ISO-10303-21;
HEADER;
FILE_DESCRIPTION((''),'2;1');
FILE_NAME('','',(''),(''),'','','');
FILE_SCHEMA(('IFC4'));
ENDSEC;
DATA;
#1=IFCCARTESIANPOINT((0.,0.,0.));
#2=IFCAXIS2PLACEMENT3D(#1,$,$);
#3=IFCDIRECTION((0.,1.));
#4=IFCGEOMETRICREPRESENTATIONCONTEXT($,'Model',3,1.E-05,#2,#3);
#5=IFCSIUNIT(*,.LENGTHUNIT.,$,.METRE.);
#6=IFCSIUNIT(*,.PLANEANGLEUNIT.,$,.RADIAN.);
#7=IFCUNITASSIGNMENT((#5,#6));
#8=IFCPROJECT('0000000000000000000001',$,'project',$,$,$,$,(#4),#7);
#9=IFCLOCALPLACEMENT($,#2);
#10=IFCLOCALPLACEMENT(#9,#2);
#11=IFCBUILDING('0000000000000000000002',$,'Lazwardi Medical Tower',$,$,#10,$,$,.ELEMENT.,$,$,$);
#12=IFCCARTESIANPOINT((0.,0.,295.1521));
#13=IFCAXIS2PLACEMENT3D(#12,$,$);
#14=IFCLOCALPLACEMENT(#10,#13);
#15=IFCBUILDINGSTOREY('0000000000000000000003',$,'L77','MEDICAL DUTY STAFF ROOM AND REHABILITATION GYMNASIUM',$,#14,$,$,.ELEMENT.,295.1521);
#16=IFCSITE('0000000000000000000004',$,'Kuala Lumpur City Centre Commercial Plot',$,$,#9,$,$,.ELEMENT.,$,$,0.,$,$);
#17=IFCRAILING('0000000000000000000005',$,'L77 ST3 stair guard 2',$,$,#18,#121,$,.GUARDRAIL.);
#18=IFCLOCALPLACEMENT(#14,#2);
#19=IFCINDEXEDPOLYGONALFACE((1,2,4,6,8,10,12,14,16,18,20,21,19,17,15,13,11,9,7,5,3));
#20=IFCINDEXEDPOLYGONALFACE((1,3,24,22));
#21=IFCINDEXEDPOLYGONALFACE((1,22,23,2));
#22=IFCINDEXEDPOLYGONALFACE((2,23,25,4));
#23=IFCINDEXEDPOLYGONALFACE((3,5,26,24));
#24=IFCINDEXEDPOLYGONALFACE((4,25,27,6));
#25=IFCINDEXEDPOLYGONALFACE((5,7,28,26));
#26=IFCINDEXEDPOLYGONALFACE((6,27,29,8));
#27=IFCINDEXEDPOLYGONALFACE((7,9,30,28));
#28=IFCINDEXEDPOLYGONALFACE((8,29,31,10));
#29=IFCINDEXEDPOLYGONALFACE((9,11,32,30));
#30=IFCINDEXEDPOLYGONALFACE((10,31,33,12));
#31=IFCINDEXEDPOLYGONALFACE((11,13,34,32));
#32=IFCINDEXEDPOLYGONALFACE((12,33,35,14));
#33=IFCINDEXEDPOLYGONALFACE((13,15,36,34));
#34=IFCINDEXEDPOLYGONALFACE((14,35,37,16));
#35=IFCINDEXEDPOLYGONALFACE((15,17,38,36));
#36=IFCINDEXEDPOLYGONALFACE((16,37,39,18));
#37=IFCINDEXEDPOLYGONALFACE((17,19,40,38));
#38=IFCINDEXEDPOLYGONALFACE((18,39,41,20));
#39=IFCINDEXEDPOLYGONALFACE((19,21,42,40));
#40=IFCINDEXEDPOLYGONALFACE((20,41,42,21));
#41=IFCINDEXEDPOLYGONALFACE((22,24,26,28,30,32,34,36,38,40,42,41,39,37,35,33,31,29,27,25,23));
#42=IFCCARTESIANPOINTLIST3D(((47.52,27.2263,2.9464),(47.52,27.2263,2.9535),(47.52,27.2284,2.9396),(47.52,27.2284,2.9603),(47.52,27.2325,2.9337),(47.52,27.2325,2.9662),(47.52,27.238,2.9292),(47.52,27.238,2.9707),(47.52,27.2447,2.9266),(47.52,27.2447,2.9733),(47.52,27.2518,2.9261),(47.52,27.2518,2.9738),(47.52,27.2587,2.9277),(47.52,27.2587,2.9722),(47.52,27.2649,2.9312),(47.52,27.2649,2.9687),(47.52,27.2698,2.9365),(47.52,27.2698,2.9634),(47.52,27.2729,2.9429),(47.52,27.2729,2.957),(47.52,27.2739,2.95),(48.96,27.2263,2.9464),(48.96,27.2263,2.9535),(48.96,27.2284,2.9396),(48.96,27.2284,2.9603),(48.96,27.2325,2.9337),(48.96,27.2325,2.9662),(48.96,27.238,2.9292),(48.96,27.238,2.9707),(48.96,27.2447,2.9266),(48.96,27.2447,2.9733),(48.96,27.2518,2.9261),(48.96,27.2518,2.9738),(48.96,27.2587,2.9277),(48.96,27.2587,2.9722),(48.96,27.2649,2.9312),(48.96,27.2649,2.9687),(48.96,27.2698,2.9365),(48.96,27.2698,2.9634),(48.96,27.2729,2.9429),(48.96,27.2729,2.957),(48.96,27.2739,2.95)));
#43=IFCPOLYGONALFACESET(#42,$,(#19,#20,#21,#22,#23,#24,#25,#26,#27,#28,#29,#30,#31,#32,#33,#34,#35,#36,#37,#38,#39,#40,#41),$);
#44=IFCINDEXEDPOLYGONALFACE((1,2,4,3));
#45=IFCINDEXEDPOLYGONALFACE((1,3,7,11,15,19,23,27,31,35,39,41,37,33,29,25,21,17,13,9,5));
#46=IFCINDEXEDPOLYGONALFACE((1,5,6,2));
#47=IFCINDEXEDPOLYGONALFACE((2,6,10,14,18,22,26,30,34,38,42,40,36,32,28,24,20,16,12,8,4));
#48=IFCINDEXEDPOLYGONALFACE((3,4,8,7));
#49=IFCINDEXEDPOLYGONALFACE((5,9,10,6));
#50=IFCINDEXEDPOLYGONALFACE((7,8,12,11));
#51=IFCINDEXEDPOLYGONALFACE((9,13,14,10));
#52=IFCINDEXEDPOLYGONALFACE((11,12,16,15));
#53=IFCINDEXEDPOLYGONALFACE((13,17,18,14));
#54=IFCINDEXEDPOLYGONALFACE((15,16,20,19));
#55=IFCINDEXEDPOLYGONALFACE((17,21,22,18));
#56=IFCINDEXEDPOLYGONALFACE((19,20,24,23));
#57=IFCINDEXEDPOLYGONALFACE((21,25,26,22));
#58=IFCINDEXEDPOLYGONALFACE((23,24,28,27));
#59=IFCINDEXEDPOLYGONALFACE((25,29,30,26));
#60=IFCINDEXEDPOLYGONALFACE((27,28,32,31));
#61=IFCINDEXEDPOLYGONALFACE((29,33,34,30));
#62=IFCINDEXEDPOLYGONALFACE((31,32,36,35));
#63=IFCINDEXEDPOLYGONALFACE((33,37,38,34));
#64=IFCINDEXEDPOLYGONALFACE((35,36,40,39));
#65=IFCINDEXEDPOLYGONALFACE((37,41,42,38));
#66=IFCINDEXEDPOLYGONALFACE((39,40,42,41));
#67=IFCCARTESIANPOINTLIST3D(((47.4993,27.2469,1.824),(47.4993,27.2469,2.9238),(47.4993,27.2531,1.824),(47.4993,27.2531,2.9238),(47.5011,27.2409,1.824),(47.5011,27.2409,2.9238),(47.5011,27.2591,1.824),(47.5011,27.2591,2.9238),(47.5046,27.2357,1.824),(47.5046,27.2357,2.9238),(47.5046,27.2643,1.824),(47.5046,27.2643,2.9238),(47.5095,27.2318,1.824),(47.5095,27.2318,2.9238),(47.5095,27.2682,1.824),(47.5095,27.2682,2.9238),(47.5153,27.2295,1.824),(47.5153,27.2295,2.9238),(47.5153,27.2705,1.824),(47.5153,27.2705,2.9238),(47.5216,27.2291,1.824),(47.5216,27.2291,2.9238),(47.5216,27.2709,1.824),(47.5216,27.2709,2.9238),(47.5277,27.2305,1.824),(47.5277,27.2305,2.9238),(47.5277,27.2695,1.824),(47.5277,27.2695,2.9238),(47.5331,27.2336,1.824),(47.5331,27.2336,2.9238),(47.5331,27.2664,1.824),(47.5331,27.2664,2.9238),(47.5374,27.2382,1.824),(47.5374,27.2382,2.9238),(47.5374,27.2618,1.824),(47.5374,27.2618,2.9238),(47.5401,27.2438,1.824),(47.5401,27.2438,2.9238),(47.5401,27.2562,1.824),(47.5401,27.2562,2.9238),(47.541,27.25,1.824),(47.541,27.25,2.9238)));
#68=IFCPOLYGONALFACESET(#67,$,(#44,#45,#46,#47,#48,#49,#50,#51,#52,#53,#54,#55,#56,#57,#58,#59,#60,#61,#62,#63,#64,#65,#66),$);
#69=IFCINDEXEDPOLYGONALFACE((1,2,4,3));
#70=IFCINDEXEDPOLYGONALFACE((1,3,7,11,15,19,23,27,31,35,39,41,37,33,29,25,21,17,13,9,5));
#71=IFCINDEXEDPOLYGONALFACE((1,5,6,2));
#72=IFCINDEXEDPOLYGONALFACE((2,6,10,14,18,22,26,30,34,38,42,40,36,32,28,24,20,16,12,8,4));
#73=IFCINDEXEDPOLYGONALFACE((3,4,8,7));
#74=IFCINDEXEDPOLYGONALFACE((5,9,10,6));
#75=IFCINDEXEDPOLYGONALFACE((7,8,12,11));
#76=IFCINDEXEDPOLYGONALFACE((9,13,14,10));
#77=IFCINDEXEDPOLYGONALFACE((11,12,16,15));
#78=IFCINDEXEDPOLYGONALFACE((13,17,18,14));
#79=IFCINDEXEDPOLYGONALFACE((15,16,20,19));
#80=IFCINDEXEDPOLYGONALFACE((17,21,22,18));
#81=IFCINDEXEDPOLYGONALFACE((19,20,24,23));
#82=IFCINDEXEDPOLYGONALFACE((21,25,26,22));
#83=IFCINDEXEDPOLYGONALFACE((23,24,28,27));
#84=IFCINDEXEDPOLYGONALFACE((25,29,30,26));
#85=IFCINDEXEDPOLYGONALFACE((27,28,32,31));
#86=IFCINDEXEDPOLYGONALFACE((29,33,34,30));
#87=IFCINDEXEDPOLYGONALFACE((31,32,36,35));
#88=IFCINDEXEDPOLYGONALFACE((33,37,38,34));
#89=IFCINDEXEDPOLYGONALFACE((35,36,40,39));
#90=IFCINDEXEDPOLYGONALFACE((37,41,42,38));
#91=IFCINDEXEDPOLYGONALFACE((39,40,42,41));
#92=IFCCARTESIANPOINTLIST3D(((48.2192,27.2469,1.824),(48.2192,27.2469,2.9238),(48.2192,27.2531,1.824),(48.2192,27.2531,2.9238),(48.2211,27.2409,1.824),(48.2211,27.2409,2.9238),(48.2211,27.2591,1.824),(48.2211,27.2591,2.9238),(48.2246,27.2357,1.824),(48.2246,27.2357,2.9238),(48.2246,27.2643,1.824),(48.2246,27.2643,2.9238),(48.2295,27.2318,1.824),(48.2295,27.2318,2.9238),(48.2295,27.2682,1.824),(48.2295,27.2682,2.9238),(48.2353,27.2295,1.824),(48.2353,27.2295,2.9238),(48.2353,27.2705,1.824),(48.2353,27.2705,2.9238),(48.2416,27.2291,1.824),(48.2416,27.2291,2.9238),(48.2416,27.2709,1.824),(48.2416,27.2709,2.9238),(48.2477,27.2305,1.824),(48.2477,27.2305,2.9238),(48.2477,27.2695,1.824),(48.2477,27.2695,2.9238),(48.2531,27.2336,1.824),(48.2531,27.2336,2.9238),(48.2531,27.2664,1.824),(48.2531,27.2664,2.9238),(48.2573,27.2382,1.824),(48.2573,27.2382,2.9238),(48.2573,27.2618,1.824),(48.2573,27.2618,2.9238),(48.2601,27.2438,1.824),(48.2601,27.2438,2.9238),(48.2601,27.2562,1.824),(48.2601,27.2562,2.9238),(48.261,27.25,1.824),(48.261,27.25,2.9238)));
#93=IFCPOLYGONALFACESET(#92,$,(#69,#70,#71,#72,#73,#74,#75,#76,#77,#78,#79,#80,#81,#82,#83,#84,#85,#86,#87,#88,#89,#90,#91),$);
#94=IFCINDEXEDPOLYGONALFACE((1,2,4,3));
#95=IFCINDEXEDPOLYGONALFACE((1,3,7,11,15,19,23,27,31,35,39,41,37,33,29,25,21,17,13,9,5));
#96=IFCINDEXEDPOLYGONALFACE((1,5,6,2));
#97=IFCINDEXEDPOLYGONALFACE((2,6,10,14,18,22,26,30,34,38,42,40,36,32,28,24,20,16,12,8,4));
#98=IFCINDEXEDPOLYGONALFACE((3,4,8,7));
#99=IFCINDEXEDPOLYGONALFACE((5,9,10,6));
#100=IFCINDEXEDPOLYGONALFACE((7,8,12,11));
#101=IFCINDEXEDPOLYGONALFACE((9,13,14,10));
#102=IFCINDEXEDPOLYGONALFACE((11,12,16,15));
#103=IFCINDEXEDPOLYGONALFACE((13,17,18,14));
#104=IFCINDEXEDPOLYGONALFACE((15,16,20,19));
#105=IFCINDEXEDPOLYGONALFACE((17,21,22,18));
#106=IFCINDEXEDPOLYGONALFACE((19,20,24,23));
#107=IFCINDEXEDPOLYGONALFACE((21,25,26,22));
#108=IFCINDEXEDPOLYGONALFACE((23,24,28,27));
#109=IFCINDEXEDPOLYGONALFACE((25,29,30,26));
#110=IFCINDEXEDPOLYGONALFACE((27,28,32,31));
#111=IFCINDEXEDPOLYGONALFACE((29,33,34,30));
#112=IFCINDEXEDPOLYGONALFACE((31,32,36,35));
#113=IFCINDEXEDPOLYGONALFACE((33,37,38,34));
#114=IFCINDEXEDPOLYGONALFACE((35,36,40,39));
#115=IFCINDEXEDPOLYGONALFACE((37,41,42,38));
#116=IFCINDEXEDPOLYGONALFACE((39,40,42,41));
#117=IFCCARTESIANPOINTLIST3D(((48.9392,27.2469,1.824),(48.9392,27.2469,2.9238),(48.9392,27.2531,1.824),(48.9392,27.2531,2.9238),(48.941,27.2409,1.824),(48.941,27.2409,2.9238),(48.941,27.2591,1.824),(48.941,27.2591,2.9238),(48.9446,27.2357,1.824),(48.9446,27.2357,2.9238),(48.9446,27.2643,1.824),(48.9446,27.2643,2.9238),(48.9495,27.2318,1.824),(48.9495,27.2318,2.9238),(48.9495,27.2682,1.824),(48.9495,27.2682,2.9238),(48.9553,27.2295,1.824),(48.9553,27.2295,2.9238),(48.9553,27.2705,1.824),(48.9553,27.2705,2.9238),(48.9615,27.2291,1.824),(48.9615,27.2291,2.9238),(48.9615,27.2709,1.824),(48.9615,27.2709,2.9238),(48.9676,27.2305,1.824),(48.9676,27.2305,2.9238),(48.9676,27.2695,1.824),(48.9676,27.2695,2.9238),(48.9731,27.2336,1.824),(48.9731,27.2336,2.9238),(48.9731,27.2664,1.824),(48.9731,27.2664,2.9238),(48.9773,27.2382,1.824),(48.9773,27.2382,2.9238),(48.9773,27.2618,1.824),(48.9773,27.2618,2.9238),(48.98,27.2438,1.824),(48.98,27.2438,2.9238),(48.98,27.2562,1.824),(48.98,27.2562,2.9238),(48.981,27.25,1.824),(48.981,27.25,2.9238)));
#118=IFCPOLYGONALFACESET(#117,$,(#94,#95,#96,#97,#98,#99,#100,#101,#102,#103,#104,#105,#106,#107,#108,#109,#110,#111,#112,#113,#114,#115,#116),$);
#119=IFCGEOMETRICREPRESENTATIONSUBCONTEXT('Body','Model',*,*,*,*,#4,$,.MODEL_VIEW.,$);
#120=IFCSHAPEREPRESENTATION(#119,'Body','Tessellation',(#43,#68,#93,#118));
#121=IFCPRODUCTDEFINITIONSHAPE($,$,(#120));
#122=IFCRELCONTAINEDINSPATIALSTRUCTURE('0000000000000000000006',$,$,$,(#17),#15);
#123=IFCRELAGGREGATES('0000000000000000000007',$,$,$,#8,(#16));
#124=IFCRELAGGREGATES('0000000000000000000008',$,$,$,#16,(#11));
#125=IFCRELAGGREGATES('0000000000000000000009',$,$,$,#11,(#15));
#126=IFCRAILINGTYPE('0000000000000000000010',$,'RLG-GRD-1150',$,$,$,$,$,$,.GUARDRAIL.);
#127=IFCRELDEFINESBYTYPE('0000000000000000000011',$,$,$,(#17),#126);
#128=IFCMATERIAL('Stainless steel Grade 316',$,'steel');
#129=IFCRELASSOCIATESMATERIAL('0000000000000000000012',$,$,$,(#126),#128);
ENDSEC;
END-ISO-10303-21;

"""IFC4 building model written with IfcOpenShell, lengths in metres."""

from ifc_helpers import new_model, si_unit, direction, frame, origin, origin_2d, place, context, subcontext, project, spatial, circle, extrude, material, type_object, element, save


model = new_model("IFC4")

# Units and contexts
model_context = context("Model", 3, precision=1e-05, world=origin(), true_north=direction((0.0, 1.0)))
body_context = subcontext(model_context, "Body", "Model", "MODEL_VIEW")
ifc_project = project(units=[si_unit("LENGTHUNIT", "METRE"), si_unit("PLANEANGLEUNIT", "RADIAN")], contexts=[model_context])

# Site, building, storey
site_placement = place(None, origin())
site = spatial("IfcSite", under=ifc_project, at=site_placement, Name="Kuala Lumpur City Centre Commercial Plot", CompositionType="ELEMENT", RefElevation=0.0)
building_placement = place(site_placement, origin())
building = spatial("IfcBuilding", under=site, at=building_placement, Name="Lazwardi Medical Tower", CompositionType="ELEMENT")
storey_placement = place(building_placement, frame((0.0, 0.0, 295.1521)))
storey = spatial("IfcBuildingStorey", under=building, at=storey_placement, Name="L77", Description="MEDICAL DUTY STAFF ROOM AND REHABILITATION GYMNASIUM", CompositionType="ELEMENT", Elevation=295.1521)

# Railing
ifc_material_1 = material(Name="Stainless steel Grade 316", Category="steel")
railing_type_1 = type_object("IfcRailingType", Name="RLG-GRD-1150", PredefinedType="GUARDRAIL", material=ifc_material_1)
railing_1_placement = place(storey_placement, frame((47.52, 27.25, 1.824)))
element("IfcRailing", 1, at=railing_1_placement, inside=storey, type_object=railing_type_1, Name="L77 ST3 stair guard 2", PredefinedType="GUARDRAIL", context=body_context, shape_type="SweptSolid", body=[
    extrude(circle(Radius=0.0239, at=origin_2d()), frame((0.0, 0.0, 1.126), z_axis=(1.0, 0.0, 0.0), x_axis=(0.0, 1.0, 0.0)), (0.0, 0.0, 1.0), 1.4399),
    extrude(circle(Radius=0.021, at=origin_2d()), origin(), (0.0, 0.0, 1.0), 1.0999),
    extrude(circle(Radius=0.021, at=origin_2d()), frame((0.72, 0.0, 0.0)), (0.0, 0.0, 1.0), 1.0999),
    extrude(circle(Radius=0.021, at=origin_2d()), frame((1.4399, 0.0, 0.0)), (0.0, 0.0, 1.0), 1.0999),
])

save(model, "model.ifc")
